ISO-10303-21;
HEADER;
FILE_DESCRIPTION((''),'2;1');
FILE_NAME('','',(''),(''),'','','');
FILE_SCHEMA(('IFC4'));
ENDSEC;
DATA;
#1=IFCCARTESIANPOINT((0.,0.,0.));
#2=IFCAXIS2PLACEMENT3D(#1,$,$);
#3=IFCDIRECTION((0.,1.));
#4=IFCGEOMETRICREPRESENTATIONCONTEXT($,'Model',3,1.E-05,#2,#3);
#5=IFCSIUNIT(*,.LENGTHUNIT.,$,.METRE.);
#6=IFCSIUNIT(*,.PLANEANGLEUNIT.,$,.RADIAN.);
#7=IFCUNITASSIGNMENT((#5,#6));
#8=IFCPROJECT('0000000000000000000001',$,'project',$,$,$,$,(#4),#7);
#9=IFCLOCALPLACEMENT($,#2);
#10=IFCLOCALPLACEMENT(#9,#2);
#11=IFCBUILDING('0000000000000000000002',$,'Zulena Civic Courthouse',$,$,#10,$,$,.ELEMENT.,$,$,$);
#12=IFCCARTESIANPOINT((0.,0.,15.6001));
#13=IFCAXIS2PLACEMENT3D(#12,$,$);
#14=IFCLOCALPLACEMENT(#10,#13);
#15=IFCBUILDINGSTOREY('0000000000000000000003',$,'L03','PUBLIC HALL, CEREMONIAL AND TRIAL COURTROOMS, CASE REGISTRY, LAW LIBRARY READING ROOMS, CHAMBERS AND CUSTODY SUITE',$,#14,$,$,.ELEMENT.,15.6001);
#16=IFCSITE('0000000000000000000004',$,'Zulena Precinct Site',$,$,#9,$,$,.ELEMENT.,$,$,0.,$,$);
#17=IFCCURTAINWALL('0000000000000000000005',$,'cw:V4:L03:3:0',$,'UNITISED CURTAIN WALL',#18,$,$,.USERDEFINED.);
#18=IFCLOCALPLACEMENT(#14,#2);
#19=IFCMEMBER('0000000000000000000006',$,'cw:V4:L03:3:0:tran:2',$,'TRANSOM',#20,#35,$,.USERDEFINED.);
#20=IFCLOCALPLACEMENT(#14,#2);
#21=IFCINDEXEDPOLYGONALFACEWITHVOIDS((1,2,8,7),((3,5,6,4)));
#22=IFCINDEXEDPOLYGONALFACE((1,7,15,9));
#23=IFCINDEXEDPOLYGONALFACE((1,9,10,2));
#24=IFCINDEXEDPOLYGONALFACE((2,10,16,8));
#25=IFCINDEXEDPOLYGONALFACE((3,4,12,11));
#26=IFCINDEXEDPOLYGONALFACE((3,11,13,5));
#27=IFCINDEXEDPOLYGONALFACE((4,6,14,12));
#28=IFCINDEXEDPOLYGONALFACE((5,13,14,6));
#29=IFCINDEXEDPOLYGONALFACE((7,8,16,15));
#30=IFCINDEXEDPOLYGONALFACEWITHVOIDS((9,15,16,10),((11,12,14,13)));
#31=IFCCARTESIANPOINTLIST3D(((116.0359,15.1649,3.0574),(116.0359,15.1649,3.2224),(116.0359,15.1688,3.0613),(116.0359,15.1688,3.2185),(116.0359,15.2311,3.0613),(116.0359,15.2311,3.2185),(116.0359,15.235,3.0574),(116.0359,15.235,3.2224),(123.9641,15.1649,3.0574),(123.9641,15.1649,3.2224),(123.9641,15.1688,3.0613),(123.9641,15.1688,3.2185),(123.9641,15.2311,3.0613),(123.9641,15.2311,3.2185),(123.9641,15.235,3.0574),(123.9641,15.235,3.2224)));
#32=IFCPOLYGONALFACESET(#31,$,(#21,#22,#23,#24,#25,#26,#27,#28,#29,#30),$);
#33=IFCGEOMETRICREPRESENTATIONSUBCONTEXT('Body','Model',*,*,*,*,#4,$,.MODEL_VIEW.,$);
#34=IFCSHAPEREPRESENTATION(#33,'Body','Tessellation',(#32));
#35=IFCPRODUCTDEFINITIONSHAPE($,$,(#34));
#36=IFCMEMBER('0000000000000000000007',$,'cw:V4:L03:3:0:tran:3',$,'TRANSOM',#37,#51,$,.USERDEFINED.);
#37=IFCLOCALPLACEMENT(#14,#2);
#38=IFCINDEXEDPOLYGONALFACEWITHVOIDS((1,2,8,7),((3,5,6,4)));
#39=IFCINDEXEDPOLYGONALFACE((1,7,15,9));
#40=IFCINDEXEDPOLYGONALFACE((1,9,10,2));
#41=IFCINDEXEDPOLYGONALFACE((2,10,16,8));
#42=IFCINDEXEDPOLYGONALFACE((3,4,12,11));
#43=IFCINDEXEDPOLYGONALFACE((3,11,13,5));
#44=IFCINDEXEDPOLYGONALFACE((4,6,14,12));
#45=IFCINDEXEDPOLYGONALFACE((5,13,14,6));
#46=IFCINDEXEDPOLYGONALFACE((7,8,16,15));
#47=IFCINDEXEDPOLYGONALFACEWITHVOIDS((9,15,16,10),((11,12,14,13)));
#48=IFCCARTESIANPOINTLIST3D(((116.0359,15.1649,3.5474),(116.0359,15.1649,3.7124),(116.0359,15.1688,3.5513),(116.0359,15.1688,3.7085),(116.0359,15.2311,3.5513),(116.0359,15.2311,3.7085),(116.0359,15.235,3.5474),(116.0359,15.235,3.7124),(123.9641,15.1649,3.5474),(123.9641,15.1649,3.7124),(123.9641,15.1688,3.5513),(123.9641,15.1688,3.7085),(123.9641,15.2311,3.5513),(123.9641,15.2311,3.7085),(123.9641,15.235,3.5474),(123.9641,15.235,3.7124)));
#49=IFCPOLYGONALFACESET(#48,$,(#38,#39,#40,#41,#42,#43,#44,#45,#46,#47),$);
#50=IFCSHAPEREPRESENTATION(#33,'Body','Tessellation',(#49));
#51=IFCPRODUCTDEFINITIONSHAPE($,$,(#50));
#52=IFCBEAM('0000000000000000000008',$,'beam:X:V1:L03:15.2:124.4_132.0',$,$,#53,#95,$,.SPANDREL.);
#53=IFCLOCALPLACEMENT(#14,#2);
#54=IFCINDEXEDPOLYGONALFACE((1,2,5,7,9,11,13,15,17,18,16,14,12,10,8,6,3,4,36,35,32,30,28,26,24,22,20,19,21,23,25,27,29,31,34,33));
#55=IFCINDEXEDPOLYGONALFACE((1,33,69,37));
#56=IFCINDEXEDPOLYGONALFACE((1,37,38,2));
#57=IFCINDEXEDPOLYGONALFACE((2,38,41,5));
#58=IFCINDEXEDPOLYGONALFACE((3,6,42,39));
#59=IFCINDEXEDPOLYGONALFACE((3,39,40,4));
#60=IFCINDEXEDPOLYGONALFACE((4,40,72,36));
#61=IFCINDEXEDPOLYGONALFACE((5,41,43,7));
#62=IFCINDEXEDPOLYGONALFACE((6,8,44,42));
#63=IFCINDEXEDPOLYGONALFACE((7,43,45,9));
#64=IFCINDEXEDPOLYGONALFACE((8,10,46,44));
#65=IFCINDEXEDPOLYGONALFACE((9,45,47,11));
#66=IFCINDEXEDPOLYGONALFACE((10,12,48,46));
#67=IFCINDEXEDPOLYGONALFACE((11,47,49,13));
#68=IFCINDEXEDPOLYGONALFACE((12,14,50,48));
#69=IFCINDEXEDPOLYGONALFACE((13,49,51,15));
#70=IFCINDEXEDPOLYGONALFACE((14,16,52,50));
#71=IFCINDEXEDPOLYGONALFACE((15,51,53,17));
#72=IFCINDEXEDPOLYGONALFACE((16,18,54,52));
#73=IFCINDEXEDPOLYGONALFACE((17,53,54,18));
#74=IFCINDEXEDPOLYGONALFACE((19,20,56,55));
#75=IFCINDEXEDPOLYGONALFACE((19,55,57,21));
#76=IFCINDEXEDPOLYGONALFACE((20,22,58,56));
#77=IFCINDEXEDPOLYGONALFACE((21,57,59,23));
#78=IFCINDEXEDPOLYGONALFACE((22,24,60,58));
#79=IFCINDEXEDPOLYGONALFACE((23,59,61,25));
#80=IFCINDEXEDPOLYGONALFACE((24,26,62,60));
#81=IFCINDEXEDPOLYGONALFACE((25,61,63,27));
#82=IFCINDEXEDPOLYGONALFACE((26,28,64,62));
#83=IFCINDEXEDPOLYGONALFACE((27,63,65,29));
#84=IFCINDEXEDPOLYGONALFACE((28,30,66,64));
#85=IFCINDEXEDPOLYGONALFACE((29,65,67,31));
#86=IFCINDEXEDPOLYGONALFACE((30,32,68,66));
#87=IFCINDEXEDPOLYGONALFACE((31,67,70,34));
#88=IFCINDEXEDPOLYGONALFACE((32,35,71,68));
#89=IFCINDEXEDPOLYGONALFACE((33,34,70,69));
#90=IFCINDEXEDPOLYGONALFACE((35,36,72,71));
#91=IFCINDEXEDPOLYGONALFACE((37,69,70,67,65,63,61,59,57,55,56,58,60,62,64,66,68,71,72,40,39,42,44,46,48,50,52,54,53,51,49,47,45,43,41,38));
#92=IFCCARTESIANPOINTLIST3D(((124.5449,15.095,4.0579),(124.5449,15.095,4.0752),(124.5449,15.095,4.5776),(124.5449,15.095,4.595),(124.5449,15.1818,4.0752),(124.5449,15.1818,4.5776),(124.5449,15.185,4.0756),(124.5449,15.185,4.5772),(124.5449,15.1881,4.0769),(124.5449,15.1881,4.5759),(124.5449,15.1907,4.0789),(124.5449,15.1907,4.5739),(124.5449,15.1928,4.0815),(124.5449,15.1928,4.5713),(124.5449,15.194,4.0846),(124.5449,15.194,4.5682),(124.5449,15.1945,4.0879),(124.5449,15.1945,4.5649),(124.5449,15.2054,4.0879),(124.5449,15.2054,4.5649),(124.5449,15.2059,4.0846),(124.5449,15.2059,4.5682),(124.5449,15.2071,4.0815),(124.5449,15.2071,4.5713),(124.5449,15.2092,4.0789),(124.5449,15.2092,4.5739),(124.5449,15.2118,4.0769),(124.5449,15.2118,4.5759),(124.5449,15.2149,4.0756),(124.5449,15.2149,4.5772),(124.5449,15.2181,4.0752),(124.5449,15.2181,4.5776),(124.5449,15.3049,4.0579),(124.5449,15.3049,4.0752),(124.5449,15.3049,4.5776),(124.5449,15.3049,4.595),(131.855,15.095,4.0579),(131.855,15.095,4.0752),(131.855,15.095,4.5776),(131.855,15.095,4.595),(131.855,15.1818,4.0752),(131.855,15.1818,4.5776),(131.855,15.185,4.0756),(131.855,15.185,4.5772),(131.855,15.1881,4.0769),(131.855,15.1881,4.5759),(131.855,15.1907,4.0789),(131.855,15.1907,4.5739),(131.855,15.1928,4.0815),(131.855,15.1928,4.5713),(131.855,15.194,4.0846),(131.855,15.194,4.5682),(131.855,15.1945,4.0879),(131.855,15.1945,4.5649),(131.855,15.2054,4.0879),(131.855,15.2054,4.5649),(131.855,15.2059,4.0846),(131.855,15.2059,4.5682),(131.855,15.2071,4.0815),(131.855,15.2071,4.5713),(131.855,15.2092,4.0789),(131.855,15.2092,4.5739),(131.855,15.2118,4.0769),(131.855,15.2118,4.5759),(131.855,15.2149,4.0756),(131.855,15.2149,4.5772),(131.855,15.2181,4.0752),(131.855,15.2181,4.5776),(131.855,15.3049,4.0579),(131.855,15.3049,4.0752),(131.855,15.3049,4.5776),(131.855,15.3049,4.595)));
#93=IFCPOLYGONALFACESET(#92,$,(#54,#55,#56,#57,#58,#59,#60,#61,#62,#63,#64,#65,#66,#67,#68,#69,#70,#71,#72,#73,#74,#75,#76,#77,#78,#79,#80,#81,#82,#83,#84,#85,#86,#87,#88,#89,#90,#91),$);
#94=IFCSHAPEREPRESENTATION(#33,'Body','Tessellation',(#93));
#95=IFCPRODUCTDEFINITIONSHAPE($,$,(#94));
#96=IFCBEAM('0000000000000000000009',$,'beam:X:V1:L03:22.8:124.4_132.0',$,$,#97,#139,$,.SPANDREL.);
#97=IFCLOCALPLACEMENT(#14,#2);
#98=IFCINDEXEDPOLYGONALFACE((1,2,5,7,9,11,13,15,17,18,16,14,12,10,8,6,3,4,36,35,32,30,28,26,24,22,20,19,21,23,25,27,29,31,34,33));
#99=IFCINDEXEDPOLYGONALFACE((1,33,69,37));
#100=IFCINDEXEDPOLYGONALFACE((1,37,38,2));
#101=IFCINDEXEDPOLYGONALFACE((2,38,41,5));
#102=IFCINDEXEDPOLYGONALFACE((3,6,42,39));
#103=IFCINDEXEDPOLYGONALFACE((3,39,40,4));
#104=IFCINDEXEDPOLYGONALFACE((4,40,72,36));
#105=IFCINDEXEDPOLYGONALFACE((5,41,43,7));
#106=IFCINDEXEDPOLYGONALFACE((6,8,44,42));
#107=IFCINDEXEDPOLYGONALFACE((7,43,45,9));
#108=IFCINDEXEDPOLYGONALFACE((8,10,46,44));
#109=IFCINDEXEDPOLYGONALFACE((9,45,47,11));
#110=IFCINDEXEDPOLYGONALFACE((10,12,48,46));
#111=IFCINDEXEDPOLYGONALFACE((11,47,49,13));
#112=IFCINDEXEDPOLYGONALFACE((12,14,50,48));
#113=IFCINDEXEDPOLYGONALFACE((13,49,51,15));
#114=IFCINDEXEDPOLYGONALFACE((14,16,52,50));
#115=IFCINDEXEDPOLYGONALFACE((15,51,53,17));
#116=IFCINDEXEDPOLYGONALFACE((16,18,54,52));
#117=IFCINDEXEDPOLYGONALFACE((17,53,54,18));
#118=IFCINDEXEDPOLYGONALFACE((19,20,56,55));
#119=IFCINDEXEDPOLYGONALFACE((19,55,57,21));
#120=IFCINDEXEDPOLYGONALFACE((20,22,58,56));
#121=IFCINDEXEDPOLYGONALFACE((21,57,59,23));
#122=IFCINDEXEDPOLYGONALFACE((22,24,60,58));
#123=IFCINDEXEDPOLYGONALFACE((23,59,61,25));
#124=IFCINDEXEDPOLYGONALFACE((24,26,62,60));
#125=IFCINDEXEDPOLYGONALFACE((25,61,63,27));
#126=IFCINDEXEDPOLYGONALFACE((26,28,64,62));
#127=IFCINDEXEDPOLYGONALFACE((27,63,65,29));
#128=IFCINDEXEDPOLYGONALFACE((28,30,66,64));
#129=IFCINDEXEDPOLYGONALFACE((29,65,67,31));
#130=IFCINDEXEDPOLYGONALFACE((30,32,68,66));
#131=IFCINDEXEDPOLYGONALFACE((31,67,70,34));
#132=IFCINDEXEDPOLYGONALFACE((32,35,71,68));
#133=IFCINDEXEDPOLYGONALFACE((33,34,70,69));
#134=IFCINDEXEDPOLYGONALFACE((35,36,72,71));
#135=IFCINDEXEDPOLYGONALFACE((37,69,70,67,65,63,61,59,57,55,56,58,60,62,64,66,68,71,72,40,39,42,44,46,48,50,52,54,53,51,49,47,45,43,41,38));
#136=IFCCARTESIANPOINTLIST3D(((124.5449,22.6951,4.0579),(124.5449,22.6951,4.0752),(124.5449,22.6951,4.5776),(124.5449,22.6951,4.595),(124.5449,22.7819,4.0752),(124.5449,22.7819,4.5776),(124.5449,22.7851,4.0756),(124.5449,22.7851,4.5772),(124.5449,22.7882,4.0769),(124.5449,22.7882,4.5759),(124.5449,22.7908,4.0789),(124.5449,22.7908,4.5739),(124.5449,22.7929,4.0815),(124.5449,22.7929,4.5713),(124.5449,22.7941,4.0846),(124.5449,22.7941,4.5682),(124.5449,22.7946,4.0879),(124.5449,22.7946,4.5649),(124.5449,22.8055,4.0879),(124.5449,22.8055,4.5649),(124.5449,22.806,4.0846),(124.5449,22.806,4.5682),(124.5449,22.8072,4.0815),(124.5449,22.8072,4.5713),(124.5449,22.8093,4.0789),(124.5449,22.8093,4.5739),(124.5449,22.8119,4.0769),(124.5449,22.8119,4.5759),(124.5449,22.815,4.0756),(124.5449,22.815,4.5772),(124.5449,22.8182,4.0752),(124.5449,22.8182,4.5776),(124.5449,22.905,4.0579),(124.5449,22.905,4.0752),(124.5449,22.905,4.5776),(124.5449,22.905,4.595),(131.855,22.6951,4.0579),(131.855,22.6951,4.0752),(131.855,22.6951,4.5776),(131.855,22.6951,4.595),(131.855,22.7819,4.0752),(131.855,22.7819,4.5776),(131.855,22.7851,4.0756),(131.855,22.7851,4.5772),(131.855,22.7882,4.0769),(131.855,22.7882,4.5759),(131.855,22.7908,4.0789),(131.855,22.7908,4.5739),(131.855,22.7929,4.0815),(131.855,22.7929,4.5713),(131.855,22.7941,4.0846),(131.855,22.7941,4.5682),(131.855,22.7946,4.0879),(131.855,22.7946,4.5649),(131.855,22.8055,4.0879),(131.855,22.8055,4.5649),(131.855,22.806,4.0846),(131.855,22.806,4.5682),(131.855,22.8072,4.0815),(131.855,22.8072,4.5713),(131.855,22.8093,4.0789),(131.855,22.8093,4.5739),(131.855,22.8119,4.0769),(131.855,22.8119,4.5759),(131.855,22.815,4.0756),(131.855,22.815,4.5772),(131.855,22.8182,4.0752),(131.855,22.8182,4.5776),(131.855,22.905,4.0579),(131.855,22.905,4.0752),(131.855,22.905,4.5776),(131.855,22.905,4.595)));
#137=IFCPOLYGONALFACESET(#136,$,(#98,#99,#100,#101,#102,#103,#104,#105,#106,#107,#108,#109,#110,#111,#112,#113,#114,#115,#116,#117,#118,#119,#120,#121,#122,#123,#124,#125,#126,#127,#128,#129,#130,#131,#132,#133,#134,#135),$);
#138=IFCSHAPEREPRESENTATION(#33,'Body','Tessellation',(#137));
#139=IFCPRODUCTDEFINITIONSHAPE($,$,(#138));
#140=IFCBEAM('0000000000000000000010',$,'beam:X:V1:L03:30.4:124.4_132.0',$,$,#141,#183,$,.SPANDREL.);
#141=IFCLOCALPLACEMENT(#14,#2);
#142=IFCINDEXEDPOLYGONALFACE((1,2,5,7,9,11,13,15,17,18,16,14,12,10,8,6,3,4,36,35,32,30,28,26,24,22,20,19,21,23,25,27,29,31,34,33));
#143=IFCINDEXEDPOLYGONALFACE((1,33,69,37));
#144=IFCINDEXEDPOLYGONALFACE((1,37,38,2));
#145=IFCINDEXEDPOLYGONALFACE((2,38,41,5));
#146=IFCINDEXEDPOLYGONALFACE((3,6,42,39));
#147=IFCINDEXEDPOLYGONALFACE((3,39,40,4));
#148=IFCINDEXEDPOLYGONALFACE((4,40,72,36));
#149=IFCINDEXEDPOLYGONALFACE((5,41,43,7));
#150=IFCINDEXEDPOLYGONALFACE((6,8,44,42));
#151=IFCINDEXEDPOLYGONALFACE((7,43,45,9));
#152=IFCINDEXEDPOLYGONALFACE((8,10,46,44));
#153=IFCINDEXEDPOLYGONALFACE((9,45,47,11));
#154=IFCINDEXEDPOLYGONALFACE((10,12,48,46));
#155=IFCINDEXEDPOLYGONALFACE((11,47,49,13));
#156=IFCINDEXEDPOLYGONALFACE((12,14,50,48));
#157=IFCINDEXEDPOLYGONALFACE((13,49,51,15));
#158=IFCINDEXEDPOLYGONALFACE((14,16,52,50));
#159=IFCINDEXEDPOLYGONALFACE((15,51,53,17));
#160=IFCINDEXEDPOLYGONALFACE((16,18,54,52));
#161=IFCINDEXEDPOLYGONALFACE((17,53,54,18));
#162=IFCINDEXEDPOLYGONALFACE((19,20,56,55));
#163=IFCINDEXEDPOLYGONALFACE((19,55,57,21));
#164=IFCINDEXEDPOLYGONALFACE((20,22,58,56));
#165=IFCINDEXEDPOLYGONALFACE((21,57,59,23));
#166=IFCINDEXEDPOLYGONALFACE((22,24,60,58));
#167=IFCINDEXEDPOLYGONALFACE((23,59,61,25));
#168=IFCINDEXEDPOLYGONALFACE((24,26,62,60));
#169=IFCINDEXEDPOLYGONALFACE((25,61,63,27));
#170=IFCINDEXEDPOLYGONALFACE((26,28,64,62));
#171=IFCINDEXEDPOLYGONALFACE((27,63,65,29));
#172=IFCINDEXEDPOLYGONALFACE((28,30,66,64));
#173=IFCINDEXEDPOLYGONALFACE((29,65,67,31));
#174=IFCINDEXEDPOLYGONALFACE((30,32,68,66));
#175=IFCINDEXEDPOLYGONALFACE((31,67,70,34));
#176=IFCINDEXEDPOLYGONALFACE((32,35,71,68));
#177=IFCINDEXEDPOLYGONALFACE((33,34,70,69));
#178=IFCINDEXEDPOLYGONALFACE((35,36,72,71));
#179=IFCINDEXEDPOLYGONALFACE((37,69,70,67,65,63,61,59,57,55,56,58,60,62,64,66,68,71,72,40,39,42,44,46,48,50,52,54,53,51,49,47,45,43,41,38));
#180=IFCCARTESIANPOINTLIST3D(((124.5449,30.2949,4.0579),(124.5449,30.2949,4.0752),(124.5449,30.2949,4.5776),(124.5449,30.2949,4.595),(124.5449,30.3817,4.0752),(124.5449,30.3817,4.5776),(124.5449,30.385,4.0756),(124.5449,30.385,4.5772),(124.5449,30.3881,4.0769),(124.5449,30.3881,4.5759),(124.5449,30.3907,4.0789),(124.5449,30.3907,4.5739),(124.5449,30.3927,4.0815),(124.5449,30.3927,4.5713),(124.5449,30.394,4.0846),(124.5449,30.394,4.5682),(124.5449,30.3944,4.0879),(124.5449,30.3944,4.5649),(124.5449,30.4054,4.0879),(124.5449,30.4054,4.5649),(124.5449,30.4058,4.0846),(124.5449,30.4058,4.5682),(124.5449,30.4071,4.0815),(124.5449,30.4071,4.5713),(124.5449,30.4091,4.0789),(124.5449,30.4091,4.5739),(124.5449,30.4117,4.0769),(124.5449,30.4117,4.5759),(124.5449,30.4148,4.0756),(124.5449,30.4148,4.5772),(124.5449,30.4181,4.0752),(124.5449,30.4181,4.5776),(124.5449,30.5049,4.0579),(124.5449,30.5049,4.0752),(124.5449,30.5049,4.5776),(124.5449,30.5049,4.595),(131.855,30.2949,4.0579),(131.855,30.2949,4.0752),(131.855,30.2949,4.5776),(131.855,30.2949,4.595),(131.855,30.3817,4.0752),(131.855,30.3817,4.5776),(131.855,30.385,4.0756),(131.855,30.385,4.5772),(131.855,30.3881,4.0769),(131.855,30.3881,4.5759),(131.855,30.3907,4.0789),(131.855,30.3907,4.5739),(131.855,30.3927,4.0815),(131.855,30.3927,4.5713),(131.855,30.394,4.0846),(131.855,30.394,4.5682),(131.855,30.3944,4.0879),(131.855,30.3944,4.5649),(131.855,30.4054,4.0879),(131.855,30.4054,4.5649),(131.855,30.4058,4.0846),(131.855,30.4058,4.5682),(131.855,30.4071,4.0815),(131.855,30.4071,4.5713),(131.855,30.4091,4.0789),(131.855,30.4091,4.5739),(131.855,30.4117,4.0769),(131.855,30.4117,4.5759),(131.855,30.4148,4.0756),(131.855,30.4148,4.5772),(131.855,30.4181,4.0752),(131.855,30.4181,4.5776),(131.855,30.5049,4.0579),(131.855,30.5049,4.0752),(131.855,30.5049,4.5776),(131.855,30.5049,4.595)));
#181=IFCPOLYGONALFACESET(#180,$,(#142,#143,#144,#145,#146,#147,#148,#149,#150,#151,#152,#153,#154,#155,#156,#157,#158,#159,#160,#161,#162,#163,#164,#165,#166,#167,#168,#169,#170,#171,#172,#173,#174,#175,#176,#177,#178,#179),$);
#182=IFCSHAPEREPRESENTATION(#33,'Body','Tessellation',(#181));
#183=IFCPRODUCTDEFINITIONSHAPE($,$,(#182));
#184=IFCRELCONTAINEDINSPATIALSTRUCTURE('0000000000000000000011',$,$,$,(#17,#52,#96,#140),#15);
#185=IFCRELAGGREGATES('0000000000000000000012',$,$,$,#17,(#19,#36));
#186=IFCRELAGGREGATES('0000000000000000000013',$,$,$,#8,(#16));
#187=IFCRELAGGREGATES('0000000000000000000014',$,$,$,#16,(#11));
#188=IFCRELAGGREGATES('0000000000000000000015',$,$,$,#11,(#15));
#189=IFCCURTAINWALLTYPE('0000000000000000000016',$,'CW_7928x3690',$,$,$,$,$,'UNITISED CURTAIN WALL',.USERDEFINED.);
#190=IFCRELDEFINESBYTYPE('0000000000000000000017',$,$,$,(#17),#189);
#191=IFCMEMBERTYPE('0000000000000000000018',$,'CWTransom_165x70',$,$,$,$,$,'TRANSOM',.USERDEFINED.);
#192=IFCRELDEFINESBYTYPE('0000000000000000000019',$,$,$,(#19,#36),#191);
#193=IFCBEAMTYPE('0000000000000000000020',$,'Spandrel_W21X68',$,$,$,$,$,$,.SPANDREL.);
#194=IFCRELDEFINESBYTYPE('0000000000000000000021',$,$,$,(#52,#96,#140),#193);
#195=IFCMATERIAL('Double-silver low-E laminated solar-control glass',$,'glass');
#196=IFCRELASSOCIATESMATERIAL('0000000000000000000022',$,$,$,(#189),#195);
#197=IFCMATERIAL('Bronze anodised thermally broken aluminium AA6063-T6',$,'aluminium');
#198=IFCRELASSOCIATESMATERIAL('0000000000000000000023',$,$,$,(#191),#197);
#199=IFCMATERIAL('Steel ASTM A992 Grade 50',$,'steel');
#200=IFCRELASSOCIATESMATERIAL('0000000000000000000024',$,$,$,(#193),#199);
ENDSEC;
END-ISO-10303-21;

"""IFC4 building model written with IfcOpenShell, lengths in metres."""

from ifc_helpers import new_model, si_unit, direction, frame, origin, origin_2d, place, context, subcontext, project, spatial, hollow_rectangle, i_section, extrude, material, material_profile, profile_set, type_object, element, aggregate, save


model = new_model("IFC4")

# Units and contexts
model_context = context("Model", 3, precision=1e-05, world=origin(), true_north=direction((0.0, 1.0)))
body_context = subcontext(model_context, "Body", "Model", "MODEL_VIEW")
ifc_project = project(units=[si_unit("LENGTHUNIT", "METRE"), si_unit("PLANEANGLEUNIT", "RADIAN")], contexts=[model_context])

# Site, building, storey
site_placement = place(None, origin())
site = spatial("IfcSite", under=ifc_project, at=site_placement, Name="Zulena Precinct Site", CompositionType="ELEMENT", RefElevation=0.0)
building_placement = place(site_placement, origin())
building = spatial("IfcBuilding", under=site, at=building_placement, Name="Zulena Civic Courthouse", CompositionType="ELEMENT")
storey_placement = place(building_placement, frame((0.0, 0.0, 15.6001)))
storey = spatial("IfcBuildingStorey", under=building, at=storey_placement, Name="L03", Description="PUBLIC HALL, CEREMONIAL AND TRIAL COURTROOMS, CASE REGISTRY, LAW LIBRARY READING ROOMS, CHAMBERS AND CUSTODY SUITE", CompositionType="ELEMENT", Elevation=15.6001)

# Shared definitions
ifc_material_1 = material(Name="Steel ASTM A992 Grade 50", Category="steel")

# Curtain wall, members
ifc_material_2 = material(Name="Double-silver low-E laminated solar-control glass", Category="glass")
curtain_wall_type = type_object("IfcCurtainWallType", Name="CW_7928x3690", ElementType="UNITISED CURTAIN WALL", PredefinedType="USERDEFINED", material=ifc_material_2)
curtain_wall_placement = place(storey_placement, origin())
curtain_wall = element("IfcCurtainWall", 1, at=curtain_wall_placement, inside=storey, type_object=curtain_wall_type, Name="cw:V4:L03:3:0", ObjectType="UNITISED CURTAIN WALL", PredefinedType="USERDEFINED")
ifc_material_3 = material(Name="Bronze anodised thermally broken aluminium AA6063-T6", Category="aluminium")
ifc_material_profile_1 = material_profile(ifc_material_3, hollow_rectangle(XDim=0.0701, YDim=0.165, WallThickness=0.0039, at=origin_2d()), Name="CWT165X70X4")
ifc_profile_set_1 = profile_set([ifc_material_profile_1], Name="Bronze anodised thermally broken aluminium AA6063-T6")
member_type_1 = type_object("IfcMemberType", Name="CWTransom_165x70", ElementType="TRANSOM", PredefinedType="USERDEFINED", material=ifc_profile_set_1)
member_1_placement = place(storey_placement, frame((123.9641, 15.2, 3.1399), z_axis=(-1.0, 0.0, 0.0), x_axis=(0.0, -1.0, 0.0)))
member_1 = element("IfcMember", 2, at=member_1_placement, type_object=member_type_1, Name="cw:V4:L03:3:0:tran:2", ObjectType="TRANSOM", PredefinedType="USERDEFINED", context=body_context, shape_type="SweptSolid", body=[
    extrude(hollow_rectangle(XDim=0.0701, YDim=0.165, WallThickness=0.0039, at=origin_2d()), origin(), (0.0, 0.0, 1.0), 7.9282),
])
member_2_placement = place(storey_placement, frame((123.9641, 15.2, 3.6299), z_axis=(-1.0, 0.0, 0.0), x_axis=(0.0, -1.0, 0.0)))
member_2 = element("IfcMember", 3, at=member_2_placement, type_object=member_type_1, Name="cw:V4:L03:3:0:tran:3", ObjectType="TRANSOM", PredefinedType="USERDEFINED", context=body_context, shape_type="SweptSolid", body=[
    extrude(hollow_rectangle(XDim=0.0701, YDim=0.165, WallThickness=0.0039, at=origin_2d()), origin(), (0.0, 0.0, 1.0), 7.9282),
])
aggregate(curtain_wall, [member_1, member_2])

# Beams
ifc_material_profile_2 = material_profile(ifc_material_1, i_section(OverallWidth=0.21, OverallDepth=0.5371, WebThickness=0.011, FlangeThickness=0.0173, FilletRadius=0.0127, at=origin_2d()), Name="W21X68")
ifc_profile_set_2 = profile_set([ifc_material_profile_2], Name="Steel ASTM A992 Grade 50")
beam_type = type_object("IfcBeamType", Name="Spandrel_W21X68", PredefinedType="SPANDREL", material=ifc_profile_set_2)
for number, where, z_axis, x_axis, name in (
    (4, (124.5449, 15.2, 4.3264), (1.0, 0.0, 0.0), (0.0, 1.0, 0.0), "beam:X:V1:L03:15.2:124.4_132.0"),
    (5, (124.5449, 22.8, 4.3264), (1.0, 0.0, 0.0), (0.0, 1.0, 0.0), "beam:X:V1:L03:22.8:124.4_132.0"),
    (6, (124.5449, 30.3999, 4.3264), (1.0, 0.0, 0.0), (0.0, 1.0, 0.0), "beam:X:V1:L03:30.4:124.4_132.0"),
):
    element("IfcBeam", number, at=place(storey_placement, frame(where, z_axis=z_axis, x_axis=x_axis)), inside=storey, type_object=beam_type, Name=name, PredefinedType="SPANDREL", context=body_context, shape_type="SweptSolid", body=[
        extrude(i_section(OverallWidth=0.21, OverallDepth=0.5371, WebThickness=0.011, FlangeThickness=0.0173, FilletRadius=0.0127, at=origin_2d()), origin(), (0.0, 0.0, 1.0), 7.3101),
    ])

save(model, "model.ifc")
